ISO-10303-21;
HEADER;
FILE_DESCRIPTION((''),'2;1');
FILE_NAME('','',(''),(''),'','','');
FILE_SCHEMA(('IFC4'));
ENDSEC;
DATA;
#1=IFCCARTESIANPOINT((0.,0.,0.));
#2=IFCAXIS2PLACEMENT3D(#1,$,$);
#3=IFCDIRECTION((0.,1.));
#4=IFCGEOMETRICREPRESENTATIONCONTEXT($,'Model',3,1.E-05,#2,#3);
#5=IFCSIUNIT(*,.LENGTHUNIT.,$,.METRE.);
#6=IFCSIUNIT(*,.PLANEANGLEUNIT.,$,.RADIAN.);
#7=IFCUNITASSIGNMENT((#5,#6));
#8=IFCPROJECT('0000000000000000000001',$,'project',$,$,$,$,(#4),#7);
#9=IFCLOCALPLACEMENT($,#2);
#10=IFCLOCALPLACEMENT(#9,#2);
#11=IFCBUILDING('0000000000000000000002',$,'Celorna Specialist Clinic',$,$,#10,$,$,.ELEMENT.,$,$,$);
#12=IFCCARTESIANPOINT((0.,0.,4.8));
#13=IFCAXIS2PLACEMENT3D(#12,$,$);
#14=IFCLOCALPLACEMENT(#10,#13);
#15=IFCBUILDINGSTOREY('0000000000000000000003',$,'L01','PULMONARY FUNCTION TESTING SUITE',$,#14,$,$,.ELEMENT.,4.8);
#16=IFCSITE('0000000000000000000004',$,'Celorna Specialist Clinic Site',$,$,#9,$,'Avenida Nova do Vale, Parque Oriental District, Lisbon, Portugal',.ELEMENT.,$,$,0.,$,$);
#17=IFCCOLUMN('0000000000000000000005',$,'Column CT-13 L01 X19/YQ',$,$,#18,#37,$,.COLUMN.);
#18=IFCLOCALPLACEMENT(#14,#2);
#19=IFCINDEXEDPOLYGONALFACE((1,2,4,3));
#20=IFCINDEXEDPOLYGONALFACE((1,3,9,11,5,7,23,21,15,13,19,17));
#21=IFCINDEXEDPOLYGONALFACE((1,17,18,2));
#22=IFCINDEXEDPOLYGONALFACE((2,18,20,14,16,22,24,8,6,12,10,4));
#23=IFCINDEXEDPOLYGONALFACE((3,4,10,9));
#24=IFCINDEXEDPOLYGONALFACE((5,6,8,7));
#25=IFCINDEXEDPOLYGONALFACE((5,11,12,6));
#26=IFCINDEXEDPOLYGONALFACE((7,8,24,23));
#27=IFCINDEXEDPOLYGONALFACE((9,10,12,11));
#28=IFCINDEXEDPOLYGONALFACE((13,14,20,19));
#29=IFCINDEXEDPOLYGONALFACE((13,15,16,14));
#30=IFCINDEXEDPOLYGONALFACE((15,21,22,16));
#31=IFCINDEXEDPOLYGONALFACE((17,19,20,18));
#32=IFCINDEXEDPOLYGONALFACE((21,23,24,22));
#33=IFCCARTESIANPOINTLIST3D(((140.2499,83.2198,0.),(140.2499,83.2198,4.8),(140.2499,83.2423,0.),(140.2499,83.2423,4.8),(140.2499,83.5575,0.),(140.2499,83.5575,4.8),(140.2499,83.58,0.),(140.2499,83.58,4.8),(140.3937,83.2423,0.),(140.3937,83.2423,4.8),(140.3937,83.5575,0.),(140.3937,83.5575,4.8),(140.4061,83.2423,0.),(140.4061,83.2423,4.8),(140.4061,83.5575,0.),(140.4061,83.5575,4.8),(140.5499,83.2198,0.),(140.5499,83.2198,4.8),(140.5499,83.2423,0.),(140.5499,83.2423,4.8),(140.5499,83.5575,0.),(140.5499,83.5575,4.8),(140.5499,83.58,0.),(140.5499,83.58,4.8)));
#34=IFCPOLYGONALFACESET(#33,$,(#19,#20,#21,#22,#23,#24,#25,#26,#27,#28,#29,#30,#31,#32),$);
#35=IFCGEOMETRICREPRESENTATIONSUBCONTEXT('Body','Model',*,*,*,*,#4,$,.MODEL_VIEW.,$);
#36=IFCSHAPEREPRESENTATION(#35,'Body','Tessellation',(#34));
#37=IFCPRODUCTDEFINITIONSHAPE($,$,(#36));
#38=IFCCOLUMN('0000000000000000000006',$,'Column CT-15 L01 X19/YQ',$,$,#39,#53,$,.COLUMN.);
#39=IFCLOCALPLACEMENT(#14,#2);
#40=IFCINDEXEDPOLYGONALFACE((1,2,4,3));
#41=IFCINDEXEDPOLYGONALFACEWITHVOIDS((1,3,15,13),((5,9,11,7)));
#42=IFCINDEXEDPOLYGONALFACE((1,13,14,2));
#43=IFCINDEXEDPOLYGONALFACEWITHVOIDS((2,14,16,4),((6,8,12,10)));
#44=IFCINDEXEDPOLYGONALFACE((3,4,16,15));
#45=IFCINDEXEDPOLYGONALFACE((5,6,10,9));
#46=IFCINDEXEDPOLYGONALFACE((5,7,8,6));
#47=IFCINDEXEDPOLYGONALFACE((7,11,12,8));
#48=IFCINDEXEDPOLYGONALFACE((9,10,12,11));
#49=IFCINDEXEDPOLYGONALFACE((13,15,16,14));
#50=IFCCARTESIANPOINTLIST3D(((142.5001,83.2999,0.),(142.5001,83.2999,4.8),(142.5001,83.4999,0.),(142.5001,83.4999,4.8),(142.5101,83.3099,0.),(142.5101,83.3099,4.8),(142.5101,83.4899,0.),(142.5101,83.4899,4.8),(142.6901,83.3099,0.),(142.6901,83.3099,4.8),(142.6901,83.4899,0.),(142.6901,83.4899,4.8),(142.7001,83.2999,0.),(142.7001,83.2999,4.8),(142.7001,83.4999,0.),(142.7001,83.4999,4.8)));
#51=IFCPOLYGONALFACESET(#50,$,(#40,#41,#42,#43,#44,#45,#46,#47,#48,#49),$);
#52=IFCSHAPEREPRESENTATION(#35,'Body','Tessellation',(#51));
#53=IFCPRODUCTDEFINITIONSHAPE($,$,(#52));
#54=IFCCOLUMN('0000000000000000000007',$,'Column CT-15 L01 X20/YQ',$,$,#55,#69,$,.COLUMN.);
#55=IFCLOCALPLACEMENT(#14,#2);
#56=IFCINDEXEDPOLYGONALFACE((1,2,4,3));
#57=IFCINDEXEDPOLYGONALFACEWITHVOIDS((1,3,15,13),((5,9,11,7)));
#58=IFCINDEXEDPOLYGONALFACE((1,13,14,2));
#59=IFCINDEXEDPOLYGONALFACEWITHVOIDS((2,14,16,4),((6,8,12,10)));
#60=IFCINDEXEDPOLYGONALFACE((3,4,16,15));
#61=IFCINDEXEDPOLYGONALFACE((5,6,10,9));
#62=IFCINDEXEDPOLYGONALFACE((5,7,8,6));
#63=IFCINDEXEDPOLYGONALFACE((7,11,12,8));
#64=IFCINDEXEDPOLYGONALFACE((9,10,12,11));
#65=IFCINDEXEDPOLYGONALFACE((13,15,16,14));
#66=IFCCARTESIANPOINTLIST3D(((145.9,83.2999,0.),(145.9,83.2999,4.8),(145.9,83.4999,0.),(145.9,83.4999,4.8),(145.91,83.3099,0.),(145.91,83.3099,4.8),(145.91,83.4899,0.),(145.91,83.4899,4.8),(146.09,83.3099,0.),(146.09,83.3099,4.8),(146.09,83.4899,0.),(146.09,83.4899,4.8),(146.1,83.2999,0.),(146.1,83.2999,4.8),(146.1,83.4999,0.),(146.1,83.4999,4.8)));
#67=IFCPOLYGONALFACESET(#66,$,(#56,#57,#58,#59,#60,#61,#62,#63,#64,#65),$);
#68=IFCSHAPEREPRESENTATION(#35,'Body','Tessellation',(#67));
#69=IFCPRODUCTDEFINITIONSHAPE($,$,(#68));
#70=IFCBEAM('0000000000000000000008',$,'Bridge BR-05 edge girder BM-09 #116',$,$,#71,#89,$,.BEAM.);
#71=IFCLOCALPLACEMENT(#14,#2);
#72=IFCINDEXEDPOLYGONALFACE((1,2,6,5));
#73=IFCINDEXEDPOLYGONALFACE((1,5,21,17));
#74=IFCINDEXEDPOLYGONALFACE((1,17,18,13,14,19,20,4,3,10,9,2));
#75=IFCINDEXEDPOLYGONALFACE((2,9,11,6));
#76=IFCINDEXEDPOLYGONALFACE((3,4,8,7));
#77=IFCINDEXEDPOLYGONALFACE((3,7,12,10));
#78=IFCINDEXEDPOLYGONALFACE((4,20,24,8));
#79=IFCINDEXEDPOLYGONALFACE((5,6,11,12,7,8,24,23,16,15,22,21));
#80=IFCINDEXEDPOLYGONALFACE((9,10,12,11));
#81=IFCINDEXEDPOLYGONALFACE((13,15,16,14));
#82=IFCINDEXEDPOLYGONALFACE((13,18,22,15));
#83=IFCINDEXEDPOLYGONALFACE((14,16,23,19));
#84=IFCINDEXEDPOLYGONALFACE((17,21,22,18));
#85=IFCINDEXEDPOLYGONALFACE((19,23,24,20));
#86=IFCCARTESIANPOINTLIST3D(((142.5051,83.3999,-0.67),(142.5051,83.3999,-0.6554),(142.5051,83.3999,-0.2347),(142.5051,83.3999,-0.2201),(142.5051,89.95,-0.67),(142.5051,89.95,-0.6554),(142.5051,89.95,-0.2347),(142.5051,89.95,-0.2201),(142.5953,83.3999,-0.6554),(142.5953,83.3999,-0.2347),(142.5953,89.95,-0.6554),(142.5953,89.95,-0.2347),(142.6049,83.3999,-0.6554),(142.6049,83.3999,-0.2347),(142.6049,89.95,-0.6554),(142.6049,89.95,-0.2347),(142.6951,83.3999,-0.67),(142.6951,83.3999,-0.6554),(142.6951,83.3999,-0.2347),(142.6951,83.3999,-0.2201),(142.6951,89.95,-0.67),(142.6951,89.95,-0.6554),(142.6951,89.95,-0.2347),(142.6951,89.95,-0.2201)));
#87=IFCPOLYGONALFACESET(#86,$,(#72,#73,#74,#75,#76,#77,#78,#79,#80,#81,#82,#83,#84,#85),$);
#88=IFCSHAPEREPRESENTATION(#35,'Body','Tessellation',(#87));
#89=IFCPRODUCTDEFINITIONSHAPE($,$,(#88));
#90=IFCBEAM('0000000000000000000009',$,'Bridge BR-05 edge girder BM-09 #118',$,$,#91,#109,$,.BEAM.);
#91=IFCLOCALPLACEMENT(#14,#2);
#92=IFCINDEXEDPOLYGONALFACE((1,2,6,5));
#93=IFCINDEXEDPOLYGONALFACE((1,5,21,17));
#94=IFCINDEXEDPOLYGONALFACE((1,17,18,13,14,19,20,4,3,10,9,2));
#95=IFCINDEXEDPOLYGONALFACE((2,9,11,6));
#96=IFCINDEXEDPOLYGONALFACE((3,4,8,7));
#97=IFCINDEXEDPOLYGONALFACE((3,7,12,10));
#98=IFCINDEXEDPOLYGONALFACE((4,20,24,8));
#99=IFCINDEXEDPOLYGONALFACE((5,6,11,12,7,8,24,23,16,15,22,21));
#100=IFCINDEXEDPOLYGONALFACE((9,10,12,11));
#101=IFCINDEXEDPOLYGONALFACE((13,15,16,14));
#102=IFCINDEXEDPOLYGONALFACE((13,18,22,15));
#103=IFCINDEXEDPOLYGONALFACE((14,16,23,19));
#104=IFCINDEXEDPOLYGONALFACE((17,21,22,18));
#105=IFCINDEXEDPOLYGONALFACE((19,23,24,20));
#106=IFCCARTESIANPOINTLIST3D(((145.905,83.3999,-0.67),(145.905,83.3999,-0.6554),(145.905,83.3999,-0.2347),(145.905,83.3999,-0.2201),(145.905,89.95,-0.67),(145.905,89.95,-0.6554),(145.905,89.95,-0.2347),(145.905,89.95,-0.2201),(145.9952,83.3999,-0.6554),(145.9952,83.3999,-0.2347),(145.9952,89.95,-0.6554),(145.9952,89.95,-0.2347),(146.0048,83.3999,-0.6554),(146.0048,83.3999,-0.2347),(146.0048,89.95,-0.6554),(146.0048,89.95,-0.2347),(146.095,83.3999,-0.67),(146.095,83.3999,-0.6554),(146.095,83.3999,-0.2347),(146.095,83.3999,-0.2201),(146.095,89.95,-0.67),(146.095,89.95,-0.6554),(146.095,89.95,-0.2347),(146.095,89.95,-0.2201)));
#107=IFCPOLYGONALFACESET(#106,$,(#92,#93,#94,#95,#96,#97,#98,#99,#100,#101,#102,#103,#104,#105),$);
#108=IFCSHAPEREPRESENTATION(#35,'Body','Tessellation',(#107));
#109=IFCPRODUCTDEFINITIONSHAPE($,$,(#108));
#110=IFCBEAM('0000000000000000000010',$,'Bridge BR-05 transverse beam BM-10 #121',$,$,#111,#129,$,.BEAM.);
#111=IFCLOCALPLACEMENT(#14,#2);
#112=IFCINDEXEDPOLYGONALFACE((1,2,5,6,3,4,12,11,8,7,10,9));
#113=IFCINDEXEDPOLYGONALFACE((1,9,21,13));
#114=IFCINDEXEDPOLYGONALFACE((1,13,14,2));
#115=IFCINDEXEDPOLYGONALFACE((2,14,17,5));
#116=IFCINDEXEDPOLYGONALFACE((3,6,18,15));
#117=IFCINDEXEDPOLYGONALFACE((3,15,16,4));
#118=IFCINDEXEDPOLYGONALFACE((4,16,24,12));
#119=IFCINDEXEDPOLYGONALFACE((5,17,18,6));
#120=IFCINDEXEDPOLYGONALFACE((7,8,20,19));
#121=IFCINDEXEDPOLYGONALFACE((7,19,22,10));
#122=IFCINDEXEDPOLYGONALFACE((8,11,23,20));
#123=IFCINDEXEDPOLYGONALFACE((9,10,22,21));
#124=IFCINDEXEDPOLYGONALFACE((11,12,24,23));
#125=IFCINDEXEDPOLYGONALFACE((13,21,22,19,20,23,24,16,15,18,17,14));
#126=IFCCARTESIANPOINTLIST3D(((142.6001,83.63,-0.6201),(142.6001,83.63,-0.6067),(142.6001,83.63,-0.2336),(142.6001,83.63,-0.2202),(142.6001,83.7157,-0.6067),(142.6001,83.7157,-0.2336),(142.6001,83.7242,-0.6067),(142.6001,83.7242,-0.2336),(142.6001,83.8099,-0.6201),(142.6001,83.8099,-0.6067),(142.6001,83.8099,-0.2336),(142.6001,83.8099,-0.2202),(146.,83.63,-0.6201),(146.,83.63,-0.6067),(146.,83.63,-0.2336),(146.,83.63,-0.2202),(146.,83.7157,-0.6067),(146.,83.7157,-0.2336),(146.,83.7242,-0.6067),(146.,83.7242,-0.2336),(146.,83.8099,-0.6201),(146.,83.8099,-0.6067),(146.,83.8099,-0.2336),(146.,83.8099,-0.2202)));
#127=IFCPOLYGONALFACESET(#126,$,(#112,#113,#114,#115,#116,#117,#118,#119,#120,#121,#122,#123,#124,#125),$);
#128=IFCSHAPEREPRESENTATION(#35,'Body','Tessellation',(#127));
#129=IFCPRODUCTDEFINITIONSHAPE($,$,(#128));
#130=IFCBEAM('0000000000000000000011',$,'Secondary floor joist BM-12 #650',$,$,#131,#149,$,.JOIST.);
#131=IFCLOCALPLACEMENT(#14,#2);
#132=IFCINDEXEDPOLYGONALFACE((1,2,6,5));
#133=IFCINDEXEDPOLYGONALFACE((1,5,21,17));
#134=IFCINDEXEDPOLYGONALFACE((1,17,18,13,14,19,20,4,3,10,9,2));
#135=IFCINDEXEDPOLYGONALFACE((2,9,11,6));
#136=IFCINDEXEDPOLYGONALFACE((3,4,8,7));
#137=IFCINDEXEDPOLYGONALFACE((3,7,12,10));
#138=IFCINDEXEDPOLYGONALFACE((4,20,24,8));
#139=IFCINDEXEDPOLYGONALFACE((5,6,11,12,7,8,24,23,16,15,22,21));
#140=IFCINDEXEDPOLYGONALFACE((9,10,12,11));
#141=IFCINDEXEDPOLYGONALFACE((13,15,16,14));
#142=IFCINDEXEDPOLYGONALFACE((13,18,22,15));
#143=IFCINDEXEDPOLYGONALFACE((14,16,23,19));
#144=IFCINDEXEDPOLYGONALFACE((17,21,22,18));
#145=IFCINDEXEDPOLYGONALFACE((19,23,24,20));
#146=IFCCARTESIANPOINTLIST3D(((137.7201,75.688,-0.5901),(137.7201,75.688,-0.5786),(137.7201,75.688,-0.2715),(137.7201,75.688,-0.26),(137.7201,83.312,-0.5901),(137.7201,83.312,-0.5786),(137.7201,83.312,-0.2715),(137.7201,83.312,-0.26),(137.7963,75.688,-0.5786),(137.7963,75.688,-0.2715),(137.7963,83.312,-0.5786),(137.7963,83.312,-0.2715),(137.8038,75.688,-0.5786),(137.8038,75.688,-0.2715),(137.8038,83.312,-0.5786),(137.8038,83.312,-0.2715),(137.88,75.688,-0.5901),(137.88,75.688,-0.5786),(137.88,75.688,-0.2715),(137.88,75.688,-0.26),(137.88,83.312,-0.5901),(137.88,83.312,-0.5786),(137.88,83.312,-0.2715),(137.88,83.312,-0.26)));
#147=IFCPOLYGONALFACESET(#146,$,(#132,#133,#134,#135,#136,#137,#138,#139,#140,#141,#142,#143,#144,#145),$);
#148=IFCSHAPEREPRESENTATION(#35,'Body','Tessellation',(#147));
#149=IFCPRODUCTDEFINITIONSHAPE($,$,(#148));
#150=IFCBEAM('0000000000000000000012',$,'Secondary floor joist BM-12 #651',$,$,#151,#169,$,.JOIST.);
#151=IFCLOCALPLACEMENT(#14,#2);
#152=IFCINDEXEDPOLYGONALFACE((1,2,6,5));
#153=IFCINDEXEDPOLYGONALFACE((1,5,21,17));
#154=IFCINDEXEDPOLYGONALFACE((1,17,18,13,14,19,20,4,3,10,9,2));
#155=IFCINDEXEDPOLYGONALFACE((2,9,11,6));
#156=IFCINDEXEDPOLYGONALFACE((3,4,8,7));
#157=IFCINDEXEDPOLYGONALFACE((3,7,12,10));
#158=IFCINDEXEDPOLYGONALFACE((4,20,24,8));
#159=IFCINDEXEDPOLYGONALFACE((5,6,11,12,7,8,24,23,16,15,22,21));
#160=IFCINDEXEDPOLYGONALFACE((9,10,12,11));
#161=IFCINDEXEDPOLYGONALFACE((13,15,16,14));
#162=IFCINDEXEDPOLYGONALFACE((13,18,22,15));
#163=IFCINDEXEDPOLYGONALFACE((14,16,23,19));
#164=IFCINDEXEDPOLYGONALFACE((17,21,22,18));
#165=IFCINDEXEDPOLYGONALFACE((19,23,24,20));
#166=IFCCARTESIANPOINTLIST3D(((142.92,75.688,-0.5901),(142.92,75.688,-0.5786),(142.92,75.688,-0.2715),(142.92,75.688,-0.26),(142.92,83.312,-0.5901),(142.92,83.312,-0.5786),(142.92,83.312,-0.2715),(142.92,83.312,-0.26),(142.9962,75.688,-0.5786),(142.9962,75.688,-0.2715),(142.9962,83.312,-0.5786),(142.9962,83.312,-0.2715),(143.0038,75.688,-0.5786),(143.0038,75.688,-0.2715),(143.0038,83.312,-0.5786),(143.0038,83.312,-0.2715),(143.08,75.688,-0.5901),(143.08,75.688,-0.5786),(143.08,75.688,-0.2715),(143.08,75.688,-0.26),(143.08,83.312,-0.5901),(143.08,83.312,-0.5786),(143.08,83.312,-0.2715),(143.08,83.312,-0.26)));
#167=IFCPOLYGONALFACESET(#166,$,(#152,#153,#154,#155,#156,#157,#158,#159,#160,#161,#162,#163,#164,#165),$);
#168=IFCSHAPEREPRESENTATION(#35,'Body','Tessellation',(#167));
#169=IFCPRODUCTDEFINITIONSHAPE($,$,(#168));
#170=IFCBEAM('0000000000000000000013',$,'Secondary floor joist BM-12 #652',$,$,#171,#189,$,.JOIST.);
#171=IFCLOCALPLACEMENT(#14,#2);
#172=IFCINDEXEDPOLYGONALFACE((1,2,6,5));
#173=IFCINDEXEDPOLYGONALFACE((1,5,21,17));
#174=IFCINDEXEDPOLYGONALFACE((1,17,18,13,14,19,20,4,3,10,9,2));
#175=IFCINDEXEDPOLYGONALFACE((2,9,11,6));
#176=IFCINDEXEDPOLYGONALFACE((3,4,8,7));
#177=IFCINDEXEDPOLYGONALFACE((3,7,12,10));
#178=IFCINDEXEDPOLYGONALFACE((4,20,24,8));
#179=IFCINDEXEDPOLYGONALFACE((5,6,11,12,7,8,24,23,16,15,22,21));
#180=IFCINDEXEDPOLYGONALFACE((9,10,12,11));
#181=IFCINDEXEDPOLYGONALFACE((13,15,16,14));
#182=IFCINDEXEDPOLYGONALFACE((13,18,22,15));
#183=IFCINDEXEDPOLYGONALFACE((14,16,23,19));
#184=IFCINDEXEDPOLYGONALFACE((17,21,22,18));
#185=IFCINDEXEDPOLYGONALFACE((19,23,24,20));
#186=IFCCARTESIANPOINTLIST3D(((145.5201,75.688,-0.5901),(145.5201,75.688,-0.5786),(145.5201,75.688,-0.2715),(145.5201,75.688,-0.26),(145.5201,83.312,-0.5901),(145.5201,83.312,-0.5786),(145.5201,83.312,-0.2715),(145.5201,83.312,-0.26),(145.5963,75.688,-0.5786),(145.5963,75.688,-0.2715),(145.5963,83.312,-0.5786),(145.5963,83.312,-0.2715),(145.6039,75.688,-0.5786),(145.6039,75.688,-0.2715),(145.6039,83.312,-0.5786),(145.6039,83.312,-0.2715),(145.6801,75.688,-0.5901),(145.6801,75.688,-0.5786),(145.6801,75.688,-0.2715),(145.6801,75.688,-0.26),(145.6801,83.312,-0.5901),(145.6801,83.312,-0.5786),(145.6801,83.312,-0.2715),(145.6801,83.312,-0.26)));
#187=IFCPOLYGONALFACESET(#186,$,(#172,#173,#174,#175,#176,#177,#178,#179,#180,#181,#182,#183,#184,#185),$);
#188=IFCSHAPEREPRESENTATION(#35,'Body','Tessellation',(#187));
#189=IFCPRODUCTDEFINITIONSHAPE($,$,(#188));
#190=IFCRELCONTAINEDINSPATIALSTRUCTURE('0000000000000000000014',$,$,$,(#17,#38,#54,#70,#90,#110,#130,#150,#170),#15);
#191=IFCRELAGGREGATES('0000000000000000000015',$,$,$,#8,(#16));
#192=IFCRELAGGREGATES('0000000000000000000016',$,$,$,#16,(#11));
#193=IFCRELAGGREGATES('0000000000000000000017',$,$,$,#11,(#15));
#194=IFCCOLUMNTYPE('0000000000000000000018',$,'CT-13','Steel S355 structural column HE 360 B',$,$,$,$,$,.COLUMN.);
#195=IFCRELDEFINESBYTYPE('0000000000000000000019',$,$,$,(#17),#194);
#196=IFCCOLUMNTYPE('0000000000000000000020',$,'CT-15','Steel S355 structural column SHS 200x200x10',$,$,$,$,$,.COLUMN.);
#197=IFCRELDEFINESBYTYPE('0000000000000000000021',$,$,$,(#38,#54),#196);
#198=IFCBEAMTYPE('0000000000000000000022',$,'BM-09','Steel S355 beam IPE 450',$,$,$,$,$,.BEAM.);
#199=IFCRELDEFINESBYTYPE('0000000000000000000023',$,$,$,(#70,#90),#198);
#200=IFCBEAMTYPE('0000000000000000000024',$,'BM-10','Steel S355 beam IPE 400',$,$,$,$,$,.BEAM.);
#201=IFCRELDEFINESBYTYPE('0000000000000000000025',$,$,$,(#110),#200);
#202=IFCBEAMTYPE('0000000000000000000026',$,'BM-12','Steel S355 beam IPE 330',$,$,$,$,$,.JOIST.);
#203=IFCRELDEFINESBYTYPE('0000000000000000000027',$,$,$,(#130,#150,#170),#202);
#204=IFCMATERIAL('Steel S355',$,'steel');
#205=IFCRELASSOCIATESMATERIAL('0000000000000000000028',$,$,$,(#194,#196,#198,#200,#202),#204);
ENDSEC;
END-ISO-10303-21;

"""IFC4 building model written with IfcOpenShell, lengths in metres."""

from ifc_helpers import new_model, si_unit, direction, frame, origin, origin_2d, place, context, subcontext, project, spatial, hollow_rectangle, i_section, extrude, material, material_profile, profile_set, type_object, element, save


model = new_model("IFC4")

# Units and contexts
model_context = context("Model", 3, precision=1e-05, world=origin(), true_north=direction((0.0, 1.0)))
body_context = subcontext(model_context, "Body", "Model", "MODEL_VIEW")
ifc_project = project(units=[si_unit("LENGTHUNIT", "METRE"), si_unit("PLANEANGLEUNIT", "RADIAN")], contexts=[model_context])

# Site, building, storey
site_placement = place(None, origin())
site = spatial("IfcSite", under=ifc_project, at=site_placement, Name="Celorna Specialist Clinic Site", LongName="Avenida Nova do Vale, Parque Oriental District, Lisbon, Portugal", CompositionType="ELEMENT", RefElevation=0.0)
building_placement = place(site_placement, origin())
building = spatial("IfcBuilding", under=site, at=building_placement, Name="Celorna Specialist Clinic", CompositionType="ELEMENT")
storey_placement = place(building_placement, frame((0.0, 0.0, 4.8)))
storey = spatial("IfcBuildingStorey", under=building, at=storey_placement, Name="L01", Description="PULMONARY FUNCTION TESTING SUITE", CompositionType="ELEMENT", Elevation=4.8)

# Columns
ifc_material_1 = material(Name="Steel S355", Category="steel")
ifc_material_profile_1 = material_profile(ifc_material_1, i_section(OverallWidth=0.3, OverallDepth=0.3601, WebThickness=0.0125, FlangeThickness=0.0225, at=origin_2d()), Name="HE 360 B")
ifc_profile_set_1 = profile_set([ifc_material_profile_1], Name="Steel S355")
column_type_1 = type_object("IfcColumnType", Name="CT-13", Description="Steel S355 structural column HE 360 B", PredefinedType="COLUMN", material=ifc_profile_set_1)
column_placement = place(storey_placement, frame((140.3999, 83.3999, 0.0), z_axis=(0.0, 0.0, 1.0), x_axis=(1.0, 0.0, 0.0)))
element("IfcColumn", 1, at=column_placement, inside=storey, type_object=column_type_1, Name="Column CT-13 L01 X19/YQ", PredefinedType="COLUMN", context=body_context, shape_type="SweptSolid", body=[
    extrude(i_section(OverallWidth=0.3, OverallDepth=0.3601, WebThickness=0.0125, FlangeThickness=0.0225, at=origin_2d()), origin(), (0.0, 0.0, 1.0), 4.8),
])
ifc_material_profile_2 = material_profile(ifc_material_1, hollow_rectangle(XDim=0.2, YDim=0.2, WallThickness=0.01, at=origin_2d()), Name="SHS 200x200x10")
ifc_profile_set_2 = profile_set([ifc_material_profile_2], Name="Steel S355")
column_type_2 = type_object("IfcColumnType", Name="CT-15", Description="Steel S355 structural column SHS 200x200x10", PredefinedType="COLUMN", material=ifc_profile_set_2)
for number, where, z_axis, x_axis, name in (
    (2, (142.6001, 83.3999, 0.0), (0.0, 0.0, 1.0), (1.0, 0.0, 0.0), "Column CT-15 L01 X19/YQ"),
    (3, (146.0, 83.3999, 0.0), (0.0, 0.0, 1.0), (1.0, 0.0, 0.0), "Column CT-15 L01 X20/YQ"),
):
    element("IfcColumn", number, at=place(storey_placement, frame(where, z_axis=z_axis, x_axis=x_axis)), inside=storey, type_object=column_type_2, Name=name, PredefinedType="COLUMN", context=body_context, shape_type="SweptSolid", body=[
        extrude(hollow_rectangle(XDim=0.2, YDim=0.2, WallThickness=0.01, at=origin_2d()), origin(), (0.0, 0.0, 1.0), 4.8),
    ])

# Beams
ifc_material_profile_3 = material_profile(ifc_material_1, i_section(OverallWidth=0.1899, OverallDepth=0.45, WebThickness=0.0095, FlangeThickness=0.0146, at=origin_2d()), Name="IPE 450")
ifc_profile_set_3 = profile_set([ifc_material_profile_3], Name="Steel S355")
beam_type_1 = type_object("IfcBeamType", Name="BM-09", Description="Steel S355 beam IPE 450", PredefinedType="BEAM", material=ifc_profile_set_3)
for number, where, z_axis, x_axis, name in (
    (4, (142.6001, 83.3999, -0.4451), (0.0, 1.0, 0.0), (-1.0, 0.0, 0.0), "Bridge BR-05 edge girder BM-09 #116"),
    (5, (146.0, 83.3999, -0.4451), (0.0, 1.0, 0.0), (-1.0, 0.0, 0.0), "Bridge BR-05 edge girder BM-09 #118"),
):
    element("IfcBeam", number, at=place(storey_placement, frame(where, z_axis=z_axis, x_axis=x_axis)), inside=storey, type_object=beam_type_1, Name=name, PredefinedType="BEAM", context=body_context, shape_type="SweptSolid", body=[
        extrude(i_section(OverallWidth=0.1899, OverallDepth=0.45, WebThickness=0.0095, FlangeThickness=0.0146, at=origin_2d()), origin(), (0.0, 0.0, 1.0), 6.55),
    ])
ifc_material_profile_4 = material_profile(ifc_material_1, i_section(OverallWidth=0.1799, OverallDepth=0.3999, WebThickness=0.0085, FlangeThickness=0.0134, at=origin_2d()), Name="IPE 400")
ifc_profile_set_4 = profile_set([ifc_material_profile_4], Name="Steel S355")
beam_type_2 = type_object("IfcBeamType", Name="BM-10", Description="Steel S355 beam IPE 400", PredefinedType="BEAM", material=ifc_profile_set_4)
beam_1_placement = place(storey_placement, frame((142.6001, 83.72, -0.4202), z_axis=(1.0, 0.0, 0.0), x_axis=(0.0, 1.0, 0.0)))
element("IfcBeam", 6, at=beam_1_placement, inside=storey, type_object=beam_type_2, Name="Bridge BR-05 transverse beam BM-10 #121", PredefinedType="BEAM", context=body_context, shape_type="SweptSolid", body=[
    extrude(i_section(OverallWidth=0.1799, OverallDepth=0.3999, WebThickness=0.0085, FlangeThickness=0.0134, at=origin_2d()), origin(), (0.0, 0.0, 1.0), 3.3999),
])
ifc_material_profile_5 = material_profile(ifc_material_1, i_section(OverallWidth=0.1599, OverallDepth=0.3301, WebThickness=0.0076, FlangeThickness=0.0115, at=origin_2d()), Name="IPE 330")
ifc_profile_set_5 = profile_set([ifc_material_profile_5], Name="Steel S355")
beam_type_3 = type_object("IfcBeamType", Name="BM-12", Description="Steel S355 beam IPE 330", PredefinedType="JOIST", material=ifc_profile_set_5)
for number, where, z_axis, x_axis, name in (
    (7, (137.8, 75.688, -0.425), (0.0, 1.0, 0.0), (-1.0, 0.0, 0.0), "Secondary floor joist BM-12 #650"),
    (8, (143.0, 75.688, -0.425), (0.0, 1.0, 0.0), (-1.0, 0.0, 0.0), "Secondary floor joist BM-12 #651"),
    (9, (145.6001, 75.688, -0.425), (0.0, 1.0, 0.0), (-1.0, 0.0, 0.0), "Secondary floor joist BM-12 #652"),
):
    element("IfcBeam", number, at=place(storey_placement, frame(where, z_axis=z_axis, x_axis=x_axis)), inside=storey, type_object=beam_type_3, Name=name, PredefinedType="JOIST", context=body_context, shape_type="SweptSolid", body=[
        extrude(i_section(OverallWidth=0.1599, OverallDepth=0.3301, WebThickness=0.0076, FlangeThickness=0.0115, at=origin_2d()), origin(), (0.0, 0.0, 1.0), 7.624),
    ])

save(model, "model.ifc")
